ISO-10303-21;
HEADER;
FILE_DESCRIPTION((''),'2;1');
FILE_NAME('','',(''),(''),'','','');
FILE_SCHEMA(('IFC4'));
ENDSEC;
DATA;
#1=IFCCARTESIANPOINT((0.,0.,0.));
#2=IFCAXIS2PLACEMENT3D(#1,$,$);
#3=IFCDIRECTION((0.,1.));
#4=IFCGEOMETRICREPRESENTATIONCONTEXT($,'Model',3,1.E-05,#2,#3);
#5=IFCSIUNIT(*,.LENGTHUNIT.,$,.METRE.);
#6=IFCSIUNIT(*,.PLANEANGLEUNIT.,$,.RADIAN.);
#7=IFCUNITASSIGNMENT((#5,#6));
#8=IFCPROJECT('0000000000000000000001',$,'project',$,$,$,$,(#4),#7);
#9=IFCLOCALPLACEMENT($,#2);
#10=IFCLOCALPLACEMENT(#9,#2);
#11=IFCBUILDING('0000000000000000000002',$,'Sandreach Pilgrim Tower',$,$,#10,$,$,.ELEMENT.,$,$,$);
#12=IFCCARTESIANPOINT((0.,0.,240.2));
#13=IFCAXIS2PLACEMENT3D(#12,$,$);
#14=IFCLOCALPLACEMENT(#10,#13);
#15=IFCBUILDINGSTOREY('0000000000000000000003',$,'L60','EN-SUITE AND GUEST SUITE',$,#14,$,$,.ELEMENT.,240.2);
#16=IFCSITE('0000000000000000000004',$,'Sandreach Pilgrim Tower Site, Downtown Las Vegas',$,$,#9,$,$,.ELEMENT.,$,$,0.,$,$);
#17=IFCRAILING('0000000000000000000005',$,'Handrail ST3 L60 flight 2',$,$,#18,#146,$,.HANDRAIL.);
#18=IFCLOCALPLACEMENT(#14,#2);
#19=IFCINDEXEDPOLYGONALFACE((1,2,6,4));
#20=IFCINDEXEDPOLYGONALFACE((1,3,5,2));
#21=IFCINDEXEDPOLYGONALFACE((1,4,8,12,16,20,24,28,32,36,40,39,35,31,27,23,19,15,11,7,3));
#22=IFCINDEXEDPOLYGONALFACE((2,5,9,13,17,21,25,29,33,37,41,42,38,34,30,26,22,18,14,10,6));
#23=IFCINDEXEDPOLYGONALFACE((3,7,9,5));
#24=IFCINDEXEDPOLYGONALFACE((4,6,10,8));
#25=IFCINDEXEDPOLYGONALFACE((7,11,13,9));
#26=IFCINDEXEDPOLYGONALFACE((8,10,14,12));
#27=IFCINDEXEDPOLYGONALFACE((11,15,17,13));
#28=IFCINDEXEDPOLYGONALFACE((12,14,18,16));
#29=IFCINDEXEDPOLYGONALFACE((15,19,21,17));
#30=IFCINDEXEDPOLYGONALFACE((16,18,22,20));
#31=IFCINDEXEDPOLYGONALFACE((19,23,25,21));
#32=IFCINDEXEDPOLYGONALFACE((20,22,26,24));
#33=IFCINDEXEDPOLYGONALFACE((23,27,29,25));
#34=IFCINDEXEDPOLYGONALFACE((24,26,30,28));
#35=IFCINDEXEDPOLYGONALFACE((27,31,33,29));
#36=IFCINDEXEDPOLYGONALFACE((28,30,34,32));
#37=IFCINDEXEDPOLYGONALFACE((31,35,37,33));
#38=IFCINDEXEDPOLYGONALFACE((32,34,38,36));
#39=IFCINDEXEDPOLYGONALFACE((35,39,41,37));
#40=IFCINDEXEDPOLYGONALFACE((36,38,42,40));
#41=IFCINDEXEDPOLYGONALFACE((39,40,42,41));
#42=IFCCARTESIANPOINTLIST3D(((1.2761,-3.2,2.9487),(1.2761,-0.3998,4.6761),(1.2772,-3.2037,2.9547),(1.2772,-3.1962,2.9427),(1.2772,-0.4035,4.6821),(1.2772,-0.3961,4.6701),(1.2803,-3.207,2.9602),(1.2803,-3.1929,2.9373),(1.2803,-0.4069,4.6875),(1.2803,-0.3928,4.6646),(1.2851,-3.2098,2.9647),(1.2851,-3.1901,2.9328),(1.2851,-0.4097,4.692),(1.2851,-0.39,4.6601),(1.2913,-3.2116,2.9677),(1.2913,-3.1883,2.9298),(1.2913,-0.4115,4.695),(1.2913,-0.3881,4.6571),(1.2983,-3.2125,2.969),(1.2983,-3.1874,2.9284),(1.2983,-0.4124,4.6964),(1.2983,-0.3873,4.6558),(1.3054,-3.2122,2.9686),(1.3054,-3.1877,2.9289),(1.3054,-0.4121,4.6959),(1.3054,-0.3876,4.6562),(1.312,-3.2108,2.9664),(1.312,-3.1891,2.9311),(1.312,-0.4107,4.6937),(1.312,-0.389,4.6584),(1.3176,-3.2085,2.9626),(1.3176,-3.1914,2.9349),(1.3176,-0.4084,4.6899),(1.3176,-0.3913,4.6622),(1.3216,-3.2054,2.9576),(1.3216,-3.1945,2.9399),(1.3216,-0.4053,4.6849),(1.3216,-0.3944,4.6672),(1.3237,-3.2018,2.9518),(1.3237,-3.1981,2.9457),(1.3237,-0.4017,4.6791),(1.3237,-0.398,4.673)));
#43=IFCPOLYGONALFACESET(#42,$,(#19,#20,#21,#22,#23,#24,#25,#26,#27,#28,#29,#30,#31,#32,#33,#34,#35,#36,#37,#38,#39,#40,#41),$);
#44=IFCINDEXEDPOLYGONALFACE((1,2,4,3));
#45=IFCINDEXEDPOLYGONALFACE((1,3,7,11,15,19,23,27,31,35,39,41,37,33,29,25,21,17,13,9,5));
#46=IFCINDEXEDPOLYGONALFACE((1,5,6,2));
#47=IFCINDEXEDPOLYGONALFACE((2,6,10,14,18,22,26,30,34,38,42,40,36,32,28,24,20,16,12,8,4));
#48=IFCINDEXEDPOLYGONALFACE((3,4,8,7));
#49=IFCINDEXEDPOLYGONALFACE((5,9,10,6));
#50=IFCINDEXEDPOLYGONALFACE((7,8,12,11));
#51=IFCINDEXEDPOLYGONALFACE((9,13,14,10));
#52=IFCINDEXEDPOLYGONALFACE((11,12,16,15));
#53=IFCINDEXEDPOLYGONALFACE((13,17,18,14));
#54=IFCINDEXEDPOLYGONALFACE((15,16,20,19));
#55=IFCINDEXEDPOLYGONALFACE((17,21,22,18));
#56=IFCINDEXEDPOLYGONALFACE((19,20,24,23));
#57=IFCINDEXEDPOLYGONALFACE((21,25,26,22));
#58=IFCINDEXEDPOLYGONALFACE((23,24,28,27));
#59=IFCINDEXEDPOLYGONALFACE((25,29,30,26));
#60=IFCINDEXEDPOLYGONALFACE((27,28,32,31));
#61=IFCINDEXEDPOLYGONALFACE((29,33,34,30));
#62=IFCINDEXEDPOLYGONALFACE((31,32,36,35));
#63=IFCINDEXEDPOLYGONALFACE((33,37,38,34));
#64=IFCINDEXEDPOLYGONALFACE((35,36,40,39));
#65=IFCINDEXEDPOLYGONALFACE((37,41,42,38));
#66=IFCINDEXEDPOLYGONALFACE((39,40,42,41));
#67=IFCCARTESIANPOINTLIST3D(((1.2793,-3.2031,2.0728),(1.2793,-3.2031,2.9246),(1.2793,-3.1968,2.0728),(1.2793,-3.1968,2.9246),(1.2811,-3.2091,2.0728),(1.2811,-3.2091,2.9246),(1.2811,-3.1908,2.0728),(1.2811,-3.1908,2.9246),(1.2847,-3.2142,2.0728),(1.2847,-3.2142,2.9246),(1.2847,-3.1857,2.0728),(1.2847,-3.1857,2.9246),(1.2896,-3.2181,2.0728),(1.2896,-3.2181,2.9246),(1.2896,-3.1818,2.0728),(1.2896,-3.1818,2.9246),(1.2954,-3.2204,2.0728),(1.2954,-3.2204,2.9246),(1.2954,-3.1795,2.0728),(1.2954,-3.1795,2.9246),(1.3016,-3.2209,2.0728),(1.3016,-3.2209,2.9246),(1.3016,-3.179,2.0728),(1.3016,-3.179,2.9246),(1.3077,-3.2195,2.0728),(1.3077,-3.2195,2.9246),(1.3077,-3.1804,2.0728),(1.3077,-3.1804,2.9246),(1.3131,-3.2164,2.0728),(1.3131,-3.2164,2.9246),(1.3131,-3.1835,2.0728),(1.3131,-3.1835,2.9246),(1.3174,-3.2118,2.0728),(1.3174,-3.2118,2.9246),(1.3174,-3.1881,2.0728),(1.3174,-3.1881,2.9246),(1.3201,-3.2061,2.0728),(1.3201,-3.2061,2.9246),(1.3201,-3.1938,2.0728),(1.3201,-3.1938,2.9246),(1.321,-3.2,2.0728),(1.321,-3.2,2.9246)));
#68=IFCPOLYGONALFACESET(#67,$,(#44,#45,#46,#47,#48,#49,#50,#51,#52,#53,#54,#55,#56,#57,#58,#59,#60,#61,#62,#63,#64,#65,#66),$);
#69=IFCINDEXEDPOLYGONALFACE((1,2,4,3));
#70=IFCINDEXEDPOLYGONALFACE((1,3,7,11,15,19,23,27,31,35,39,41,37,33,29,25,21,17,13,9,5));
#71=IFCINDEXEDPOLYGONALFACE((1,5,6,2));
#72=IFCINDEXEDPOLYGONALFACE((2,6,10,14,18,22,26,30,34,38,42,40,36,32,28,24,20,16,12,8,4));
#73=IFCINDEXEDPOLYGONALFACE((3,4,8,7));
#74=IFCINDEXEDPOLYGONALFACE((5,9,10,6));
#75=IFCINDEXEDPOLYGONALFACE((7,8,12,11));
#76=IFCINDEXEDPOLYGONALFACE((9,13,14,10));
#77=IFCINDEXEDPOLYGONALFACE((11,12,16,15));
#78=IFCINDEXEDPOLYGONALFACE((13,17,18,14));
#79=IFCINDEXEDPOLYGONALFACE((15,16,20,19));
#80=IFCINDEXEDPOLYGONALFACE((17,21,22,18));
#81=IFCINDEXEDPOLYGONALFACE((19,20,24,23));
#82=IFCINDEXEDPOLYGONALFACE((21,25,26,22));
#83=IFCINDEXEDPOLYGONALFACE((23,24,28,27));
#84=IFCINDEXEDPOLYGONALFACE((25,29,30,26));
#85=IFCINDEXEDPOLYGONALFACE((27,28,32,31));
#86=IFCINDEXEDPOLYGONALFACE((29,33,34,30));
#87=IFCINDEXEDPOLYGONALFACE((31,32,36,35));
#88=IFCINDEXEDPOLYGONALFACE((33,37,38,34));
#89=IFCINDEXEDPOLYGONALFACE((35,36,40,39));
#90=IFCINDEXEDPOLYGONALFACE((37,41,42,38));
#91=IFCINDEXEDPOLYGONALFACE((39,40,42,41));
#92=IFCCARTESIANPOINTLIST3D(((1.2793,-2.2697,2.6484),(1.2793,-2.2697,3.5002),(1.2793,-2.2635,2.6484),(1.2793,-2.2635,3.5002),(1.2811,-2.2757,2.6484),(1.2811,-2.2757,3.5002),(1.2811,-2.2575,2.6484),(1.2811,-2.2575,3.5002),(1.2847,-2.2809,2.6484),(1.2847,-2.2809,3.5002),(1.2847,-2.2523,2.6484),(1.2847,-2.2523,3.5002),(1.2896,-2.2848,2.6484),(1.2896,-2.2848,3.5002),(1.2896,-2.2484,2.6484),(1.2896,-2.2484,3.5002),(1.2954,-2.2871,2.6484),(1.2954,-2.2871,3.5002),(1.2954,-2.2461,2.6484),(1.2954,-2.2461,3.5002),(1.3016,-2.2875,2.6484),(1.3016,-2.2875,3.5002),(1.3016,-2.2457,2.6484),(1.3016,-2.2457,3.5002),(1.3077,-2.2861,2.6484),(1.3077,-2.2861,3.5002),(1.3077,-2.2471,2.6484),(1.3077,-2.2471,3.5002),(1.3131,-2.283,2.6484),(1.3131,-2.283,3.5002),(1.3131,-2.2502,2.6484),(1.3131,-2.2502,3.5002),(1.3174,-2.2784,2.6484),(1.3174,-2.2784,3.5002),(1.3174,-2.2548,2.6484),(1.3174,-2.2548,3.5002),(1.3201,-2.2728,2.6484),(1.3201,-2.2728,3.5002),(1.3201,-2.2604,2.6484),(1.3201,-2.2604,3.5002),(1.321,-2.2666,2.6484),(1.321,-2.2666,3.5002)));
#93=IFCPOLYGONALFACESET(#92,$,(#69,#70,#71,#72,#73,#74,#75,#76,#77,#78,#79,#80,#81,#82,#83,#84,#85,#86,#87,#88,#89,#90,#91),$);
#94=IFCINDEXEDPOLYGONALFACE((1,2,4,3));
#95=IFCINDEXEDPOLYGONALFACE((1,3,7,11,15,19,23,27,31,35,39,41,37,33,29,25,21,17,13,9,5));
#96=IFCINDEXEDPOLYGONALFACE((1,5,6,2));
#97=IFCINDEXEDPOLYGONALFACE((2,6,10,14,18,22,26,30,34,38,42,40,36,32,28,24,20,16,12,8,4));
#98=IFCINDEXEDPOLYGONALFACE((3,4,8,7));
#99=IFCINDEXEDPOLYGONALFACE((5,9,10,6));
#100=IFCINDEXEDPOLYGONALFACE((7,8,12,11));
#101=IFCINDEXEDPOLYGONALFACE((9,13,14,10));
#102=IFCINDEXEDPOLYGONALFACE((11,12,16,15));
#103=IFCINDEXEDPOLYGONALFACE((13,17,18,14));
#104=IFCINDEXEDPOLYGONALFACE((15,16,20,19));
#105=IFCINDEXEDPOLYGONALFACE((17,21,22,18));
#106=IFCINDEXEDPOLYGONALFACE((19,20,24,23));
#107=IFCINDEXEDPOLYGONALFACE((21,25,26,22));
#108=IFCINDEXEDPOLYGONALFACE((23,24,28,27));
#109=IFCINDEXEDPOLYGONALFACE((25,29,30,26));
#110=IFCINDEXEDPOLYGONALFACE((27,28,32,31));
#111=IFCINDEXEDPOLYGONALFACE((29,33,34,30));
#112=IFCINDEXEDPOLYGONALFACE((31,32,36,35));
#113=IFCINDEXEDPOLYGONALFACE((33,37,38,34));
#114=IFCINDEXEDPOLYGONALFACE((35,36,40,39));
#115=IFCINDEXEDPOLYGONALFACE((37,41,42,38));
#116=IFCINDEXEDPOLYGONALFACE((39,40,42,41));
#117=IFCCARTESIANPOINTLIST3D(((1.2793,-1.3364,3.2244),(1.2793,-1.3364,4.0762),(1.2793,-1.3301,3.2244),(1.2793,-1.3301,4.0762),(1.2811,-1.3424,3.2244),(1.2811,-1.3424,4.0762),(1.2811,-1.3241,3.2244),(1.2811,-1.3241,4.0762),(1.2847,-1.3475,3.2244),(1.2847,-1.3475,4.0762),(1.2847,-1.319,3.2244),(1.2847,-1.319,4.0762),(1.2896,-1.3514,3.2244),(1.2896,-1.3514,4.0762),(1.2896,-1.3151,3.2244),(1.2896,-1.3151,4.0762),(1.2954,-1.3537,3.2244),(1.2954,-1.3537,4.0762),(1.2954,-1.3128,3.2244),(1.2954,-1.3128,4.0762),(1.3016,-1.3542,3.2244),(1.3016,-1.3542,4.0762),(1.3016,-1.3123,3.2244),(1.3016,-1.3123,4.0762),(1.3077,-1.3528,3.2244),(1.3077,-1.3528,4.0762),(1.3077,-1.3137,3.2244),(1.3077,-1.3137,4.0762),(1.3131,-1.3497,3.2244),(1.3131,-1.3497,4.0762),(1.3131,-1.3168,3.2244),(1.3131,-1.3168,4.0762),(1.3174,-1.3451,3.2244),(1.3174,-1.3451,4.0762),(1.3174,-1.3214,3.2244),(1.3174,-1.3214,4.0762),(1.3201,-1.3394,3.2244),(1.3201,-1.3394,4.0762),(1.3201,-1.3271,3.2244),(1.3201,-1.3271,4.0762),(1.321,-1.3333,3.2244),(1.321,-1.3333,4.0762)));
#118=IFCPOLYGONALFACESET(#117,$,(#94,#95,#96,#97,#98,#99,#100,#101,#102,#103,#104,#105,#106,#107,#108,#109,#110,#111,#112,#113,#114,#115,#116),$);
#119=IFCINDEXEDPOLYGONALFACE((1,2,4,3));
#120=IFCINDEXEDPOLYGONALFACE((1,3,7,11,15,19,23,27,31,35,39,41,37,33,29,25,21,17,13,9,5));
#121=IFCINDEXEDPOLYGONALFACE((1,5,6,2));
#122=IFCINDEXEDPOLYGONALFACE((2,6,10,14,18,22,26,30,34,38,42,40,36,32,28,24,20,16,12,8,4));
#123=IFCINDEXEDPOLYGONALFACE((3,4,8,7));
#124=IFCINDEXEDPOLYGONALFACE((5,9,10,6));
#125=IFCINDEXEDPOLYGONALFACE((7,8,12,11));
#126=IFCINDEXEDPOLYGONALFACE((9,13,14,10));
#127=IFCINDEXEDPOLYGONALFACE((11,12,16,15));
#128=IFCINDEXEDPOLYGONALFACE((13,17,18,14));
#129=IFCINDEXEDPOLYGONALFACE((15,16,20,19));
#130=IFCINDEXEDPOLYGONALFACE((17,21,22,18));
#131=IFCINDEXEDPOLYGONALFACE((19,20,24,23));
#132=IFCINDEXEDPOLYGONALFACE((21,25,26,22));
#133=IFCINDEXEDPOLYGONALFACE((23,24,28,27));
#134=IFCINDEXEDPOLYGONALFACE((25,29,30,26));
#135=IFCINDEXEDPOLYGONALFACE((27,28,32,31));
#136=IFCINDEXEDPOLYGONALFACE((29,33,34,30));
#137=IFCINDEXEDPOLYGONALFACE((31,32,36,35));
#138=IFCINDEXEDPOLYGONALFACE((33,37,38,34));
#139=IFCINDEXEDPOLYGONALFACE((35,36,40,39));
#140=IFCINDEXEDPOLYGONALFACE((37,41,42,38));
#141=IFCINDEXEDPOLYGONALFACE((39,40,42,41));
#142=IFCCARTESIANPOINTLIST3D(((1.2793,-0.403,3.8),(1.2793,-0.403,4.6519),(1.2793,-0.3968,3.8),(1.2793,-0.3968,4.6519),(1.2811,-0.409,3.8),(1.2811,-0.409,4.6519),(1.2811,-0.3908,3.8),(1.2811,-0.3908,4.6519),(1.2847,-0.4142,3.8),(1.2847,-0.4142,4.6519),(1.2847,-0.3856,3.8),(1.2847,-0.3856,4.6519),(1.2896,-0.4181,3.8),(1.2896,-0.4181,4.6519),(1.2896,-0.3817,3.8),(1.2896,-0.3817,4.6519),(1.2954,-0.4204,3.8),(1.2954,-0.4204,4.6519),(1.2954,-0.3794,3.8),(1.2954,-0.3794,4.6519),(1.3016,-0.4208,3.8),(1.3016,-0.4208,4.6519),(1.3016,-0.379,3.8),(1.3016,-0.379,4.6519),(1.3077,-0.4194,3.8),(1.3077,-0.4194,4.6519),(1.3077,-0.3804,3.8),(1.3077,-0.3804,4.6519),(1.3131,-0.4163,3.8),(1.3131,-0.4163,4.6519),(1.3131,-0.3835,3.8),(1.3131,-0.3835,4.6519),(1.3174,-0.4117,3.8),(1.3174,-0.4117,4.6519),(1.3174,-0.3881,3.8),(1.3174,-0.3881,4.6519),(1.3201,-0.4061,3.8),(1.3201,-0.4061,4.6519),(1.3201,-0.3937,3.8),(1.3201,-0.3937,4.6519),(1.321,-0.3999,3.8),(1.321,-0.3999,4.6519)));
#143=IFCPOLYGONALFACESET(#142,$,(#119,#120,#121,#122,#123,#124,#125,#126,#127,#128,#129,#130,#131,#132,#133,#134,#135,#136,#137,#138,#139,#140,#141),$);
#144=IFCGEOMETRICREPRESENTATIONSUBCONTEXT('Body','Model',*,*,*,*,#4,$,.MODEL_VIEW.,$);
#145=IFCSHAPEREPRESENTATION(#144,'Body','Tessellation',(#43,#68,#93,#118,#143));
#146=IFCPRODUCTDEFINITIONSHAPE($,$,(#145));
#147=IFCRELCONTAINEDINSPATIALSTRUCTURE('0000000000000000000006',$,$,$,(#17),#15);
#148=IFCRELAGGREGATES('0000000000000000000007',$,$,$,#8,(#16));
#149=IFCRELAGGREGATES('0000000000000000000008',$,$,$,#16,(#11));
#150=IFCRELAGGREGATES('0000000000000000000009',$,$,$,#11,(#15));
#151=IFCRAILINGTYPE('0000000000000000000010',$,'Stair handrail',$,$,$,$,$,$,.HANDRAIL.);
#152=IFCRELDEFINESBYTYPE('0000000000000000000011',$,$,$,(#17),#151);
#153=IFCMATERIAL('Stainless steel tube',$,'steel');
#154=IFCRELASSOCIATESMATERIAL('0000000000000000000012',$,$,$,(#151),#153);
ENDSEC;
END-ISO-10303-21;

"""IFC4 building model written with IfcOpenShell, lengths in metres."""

from ifc_helpers import new_model, si_unit, direction, frame, origin, origin_2d, place, context, subcontext, project, spatial, circle, extrude, material, type_object, element, save


model = new_model("IFC4")

# Units and contexts
model_context = context("Model", 3, precision=1e-05, world=origin(), true_north=direction((0.0, 1.0)))
body_context = subcontext(model_context, "Body", "Model", "MODEL_VIEW")
ifc_project = project(units=[si_unit("LENGTHUNIT", "METRE"), si_unit("PLANEANGLEUNIT", "RADIAN")], contexts=[model_context])

# Site, building, storey
site_placement = place(None, origin())
site = spatial("IfcSite", under=ifc_project, at=site_placement, Name="Sandreach Pilgrim Tower Site, Downtown Las Vegas", CompositionType="ELEMENT", RefElevation=0.0)
building_placement = place(site_placement, origin())
building = spatial("IfcBuilding", under=site, at=building_placement, Name="Sandreach Pilgrim Tower", CompositionType="ELEMENT")
storey_placement = place(building_placement, frame((0.0, 0.0, 240.2)))
storey = spatial("IfcBuildingStorey", under=building, at=storey_placement, Name="L60", Description="EN-SUITE AND GUEST SUITE", CompositionType="ELEMENT", Elevation=240.2)

# Railing
ifc_material_1 = material(Name="Stainless steel tube", Category="steel")
railing_type = type_object("IfcRailingType", Name="Stair handrail", PredefinedType="HANDRAIL", material=ifc_material_1)
for number, where, name in (
    (1, (1.3, -3.2, 2.0728), "Handrail ST3 L60 flight 2"),
):
    element("IfcRailing", number, at=place(storey_placement, frame(where)), inside=storey, type_object=railing_type, Name=name, PredefinedType="HANDRAIL", context=body_context, shape_type="SweptSolid", body=[
        extrude(circle(Radius=0.0239, at=origin_2d()), frame((0.0, 0.0, 0.876), z_axis=(0.0, 0.85109, 0.52502), x_axis=(-1.0, 0.0, 0.0)), (0.0, 0.0, 1.0), 3.29),
        extrude(circle(Radius=0.021, at=origin_2d()), origin(), (0.0, 0.0, 1.0), 0.8518),
        extrude(circle(Radius=0.021, at=origin_2d()), frame((0.0, 0.9333, 0.5757)), (0.0, 0.0, 1.0), 0.8518),
        extrude(circle(Radius=0.021, at=origin_2d()), frame((0.0, 1.8667, 1.1516)), (0.0, 0.0, 1.0), 0.8518),
        extrude(circle(Radius=0.021, at=origin_2d()), frame((0.0, 2.8, 1.7273)), (0.0, 0.0, 1.0), 0.8518),
    ])

save(model, "model.ifc")
